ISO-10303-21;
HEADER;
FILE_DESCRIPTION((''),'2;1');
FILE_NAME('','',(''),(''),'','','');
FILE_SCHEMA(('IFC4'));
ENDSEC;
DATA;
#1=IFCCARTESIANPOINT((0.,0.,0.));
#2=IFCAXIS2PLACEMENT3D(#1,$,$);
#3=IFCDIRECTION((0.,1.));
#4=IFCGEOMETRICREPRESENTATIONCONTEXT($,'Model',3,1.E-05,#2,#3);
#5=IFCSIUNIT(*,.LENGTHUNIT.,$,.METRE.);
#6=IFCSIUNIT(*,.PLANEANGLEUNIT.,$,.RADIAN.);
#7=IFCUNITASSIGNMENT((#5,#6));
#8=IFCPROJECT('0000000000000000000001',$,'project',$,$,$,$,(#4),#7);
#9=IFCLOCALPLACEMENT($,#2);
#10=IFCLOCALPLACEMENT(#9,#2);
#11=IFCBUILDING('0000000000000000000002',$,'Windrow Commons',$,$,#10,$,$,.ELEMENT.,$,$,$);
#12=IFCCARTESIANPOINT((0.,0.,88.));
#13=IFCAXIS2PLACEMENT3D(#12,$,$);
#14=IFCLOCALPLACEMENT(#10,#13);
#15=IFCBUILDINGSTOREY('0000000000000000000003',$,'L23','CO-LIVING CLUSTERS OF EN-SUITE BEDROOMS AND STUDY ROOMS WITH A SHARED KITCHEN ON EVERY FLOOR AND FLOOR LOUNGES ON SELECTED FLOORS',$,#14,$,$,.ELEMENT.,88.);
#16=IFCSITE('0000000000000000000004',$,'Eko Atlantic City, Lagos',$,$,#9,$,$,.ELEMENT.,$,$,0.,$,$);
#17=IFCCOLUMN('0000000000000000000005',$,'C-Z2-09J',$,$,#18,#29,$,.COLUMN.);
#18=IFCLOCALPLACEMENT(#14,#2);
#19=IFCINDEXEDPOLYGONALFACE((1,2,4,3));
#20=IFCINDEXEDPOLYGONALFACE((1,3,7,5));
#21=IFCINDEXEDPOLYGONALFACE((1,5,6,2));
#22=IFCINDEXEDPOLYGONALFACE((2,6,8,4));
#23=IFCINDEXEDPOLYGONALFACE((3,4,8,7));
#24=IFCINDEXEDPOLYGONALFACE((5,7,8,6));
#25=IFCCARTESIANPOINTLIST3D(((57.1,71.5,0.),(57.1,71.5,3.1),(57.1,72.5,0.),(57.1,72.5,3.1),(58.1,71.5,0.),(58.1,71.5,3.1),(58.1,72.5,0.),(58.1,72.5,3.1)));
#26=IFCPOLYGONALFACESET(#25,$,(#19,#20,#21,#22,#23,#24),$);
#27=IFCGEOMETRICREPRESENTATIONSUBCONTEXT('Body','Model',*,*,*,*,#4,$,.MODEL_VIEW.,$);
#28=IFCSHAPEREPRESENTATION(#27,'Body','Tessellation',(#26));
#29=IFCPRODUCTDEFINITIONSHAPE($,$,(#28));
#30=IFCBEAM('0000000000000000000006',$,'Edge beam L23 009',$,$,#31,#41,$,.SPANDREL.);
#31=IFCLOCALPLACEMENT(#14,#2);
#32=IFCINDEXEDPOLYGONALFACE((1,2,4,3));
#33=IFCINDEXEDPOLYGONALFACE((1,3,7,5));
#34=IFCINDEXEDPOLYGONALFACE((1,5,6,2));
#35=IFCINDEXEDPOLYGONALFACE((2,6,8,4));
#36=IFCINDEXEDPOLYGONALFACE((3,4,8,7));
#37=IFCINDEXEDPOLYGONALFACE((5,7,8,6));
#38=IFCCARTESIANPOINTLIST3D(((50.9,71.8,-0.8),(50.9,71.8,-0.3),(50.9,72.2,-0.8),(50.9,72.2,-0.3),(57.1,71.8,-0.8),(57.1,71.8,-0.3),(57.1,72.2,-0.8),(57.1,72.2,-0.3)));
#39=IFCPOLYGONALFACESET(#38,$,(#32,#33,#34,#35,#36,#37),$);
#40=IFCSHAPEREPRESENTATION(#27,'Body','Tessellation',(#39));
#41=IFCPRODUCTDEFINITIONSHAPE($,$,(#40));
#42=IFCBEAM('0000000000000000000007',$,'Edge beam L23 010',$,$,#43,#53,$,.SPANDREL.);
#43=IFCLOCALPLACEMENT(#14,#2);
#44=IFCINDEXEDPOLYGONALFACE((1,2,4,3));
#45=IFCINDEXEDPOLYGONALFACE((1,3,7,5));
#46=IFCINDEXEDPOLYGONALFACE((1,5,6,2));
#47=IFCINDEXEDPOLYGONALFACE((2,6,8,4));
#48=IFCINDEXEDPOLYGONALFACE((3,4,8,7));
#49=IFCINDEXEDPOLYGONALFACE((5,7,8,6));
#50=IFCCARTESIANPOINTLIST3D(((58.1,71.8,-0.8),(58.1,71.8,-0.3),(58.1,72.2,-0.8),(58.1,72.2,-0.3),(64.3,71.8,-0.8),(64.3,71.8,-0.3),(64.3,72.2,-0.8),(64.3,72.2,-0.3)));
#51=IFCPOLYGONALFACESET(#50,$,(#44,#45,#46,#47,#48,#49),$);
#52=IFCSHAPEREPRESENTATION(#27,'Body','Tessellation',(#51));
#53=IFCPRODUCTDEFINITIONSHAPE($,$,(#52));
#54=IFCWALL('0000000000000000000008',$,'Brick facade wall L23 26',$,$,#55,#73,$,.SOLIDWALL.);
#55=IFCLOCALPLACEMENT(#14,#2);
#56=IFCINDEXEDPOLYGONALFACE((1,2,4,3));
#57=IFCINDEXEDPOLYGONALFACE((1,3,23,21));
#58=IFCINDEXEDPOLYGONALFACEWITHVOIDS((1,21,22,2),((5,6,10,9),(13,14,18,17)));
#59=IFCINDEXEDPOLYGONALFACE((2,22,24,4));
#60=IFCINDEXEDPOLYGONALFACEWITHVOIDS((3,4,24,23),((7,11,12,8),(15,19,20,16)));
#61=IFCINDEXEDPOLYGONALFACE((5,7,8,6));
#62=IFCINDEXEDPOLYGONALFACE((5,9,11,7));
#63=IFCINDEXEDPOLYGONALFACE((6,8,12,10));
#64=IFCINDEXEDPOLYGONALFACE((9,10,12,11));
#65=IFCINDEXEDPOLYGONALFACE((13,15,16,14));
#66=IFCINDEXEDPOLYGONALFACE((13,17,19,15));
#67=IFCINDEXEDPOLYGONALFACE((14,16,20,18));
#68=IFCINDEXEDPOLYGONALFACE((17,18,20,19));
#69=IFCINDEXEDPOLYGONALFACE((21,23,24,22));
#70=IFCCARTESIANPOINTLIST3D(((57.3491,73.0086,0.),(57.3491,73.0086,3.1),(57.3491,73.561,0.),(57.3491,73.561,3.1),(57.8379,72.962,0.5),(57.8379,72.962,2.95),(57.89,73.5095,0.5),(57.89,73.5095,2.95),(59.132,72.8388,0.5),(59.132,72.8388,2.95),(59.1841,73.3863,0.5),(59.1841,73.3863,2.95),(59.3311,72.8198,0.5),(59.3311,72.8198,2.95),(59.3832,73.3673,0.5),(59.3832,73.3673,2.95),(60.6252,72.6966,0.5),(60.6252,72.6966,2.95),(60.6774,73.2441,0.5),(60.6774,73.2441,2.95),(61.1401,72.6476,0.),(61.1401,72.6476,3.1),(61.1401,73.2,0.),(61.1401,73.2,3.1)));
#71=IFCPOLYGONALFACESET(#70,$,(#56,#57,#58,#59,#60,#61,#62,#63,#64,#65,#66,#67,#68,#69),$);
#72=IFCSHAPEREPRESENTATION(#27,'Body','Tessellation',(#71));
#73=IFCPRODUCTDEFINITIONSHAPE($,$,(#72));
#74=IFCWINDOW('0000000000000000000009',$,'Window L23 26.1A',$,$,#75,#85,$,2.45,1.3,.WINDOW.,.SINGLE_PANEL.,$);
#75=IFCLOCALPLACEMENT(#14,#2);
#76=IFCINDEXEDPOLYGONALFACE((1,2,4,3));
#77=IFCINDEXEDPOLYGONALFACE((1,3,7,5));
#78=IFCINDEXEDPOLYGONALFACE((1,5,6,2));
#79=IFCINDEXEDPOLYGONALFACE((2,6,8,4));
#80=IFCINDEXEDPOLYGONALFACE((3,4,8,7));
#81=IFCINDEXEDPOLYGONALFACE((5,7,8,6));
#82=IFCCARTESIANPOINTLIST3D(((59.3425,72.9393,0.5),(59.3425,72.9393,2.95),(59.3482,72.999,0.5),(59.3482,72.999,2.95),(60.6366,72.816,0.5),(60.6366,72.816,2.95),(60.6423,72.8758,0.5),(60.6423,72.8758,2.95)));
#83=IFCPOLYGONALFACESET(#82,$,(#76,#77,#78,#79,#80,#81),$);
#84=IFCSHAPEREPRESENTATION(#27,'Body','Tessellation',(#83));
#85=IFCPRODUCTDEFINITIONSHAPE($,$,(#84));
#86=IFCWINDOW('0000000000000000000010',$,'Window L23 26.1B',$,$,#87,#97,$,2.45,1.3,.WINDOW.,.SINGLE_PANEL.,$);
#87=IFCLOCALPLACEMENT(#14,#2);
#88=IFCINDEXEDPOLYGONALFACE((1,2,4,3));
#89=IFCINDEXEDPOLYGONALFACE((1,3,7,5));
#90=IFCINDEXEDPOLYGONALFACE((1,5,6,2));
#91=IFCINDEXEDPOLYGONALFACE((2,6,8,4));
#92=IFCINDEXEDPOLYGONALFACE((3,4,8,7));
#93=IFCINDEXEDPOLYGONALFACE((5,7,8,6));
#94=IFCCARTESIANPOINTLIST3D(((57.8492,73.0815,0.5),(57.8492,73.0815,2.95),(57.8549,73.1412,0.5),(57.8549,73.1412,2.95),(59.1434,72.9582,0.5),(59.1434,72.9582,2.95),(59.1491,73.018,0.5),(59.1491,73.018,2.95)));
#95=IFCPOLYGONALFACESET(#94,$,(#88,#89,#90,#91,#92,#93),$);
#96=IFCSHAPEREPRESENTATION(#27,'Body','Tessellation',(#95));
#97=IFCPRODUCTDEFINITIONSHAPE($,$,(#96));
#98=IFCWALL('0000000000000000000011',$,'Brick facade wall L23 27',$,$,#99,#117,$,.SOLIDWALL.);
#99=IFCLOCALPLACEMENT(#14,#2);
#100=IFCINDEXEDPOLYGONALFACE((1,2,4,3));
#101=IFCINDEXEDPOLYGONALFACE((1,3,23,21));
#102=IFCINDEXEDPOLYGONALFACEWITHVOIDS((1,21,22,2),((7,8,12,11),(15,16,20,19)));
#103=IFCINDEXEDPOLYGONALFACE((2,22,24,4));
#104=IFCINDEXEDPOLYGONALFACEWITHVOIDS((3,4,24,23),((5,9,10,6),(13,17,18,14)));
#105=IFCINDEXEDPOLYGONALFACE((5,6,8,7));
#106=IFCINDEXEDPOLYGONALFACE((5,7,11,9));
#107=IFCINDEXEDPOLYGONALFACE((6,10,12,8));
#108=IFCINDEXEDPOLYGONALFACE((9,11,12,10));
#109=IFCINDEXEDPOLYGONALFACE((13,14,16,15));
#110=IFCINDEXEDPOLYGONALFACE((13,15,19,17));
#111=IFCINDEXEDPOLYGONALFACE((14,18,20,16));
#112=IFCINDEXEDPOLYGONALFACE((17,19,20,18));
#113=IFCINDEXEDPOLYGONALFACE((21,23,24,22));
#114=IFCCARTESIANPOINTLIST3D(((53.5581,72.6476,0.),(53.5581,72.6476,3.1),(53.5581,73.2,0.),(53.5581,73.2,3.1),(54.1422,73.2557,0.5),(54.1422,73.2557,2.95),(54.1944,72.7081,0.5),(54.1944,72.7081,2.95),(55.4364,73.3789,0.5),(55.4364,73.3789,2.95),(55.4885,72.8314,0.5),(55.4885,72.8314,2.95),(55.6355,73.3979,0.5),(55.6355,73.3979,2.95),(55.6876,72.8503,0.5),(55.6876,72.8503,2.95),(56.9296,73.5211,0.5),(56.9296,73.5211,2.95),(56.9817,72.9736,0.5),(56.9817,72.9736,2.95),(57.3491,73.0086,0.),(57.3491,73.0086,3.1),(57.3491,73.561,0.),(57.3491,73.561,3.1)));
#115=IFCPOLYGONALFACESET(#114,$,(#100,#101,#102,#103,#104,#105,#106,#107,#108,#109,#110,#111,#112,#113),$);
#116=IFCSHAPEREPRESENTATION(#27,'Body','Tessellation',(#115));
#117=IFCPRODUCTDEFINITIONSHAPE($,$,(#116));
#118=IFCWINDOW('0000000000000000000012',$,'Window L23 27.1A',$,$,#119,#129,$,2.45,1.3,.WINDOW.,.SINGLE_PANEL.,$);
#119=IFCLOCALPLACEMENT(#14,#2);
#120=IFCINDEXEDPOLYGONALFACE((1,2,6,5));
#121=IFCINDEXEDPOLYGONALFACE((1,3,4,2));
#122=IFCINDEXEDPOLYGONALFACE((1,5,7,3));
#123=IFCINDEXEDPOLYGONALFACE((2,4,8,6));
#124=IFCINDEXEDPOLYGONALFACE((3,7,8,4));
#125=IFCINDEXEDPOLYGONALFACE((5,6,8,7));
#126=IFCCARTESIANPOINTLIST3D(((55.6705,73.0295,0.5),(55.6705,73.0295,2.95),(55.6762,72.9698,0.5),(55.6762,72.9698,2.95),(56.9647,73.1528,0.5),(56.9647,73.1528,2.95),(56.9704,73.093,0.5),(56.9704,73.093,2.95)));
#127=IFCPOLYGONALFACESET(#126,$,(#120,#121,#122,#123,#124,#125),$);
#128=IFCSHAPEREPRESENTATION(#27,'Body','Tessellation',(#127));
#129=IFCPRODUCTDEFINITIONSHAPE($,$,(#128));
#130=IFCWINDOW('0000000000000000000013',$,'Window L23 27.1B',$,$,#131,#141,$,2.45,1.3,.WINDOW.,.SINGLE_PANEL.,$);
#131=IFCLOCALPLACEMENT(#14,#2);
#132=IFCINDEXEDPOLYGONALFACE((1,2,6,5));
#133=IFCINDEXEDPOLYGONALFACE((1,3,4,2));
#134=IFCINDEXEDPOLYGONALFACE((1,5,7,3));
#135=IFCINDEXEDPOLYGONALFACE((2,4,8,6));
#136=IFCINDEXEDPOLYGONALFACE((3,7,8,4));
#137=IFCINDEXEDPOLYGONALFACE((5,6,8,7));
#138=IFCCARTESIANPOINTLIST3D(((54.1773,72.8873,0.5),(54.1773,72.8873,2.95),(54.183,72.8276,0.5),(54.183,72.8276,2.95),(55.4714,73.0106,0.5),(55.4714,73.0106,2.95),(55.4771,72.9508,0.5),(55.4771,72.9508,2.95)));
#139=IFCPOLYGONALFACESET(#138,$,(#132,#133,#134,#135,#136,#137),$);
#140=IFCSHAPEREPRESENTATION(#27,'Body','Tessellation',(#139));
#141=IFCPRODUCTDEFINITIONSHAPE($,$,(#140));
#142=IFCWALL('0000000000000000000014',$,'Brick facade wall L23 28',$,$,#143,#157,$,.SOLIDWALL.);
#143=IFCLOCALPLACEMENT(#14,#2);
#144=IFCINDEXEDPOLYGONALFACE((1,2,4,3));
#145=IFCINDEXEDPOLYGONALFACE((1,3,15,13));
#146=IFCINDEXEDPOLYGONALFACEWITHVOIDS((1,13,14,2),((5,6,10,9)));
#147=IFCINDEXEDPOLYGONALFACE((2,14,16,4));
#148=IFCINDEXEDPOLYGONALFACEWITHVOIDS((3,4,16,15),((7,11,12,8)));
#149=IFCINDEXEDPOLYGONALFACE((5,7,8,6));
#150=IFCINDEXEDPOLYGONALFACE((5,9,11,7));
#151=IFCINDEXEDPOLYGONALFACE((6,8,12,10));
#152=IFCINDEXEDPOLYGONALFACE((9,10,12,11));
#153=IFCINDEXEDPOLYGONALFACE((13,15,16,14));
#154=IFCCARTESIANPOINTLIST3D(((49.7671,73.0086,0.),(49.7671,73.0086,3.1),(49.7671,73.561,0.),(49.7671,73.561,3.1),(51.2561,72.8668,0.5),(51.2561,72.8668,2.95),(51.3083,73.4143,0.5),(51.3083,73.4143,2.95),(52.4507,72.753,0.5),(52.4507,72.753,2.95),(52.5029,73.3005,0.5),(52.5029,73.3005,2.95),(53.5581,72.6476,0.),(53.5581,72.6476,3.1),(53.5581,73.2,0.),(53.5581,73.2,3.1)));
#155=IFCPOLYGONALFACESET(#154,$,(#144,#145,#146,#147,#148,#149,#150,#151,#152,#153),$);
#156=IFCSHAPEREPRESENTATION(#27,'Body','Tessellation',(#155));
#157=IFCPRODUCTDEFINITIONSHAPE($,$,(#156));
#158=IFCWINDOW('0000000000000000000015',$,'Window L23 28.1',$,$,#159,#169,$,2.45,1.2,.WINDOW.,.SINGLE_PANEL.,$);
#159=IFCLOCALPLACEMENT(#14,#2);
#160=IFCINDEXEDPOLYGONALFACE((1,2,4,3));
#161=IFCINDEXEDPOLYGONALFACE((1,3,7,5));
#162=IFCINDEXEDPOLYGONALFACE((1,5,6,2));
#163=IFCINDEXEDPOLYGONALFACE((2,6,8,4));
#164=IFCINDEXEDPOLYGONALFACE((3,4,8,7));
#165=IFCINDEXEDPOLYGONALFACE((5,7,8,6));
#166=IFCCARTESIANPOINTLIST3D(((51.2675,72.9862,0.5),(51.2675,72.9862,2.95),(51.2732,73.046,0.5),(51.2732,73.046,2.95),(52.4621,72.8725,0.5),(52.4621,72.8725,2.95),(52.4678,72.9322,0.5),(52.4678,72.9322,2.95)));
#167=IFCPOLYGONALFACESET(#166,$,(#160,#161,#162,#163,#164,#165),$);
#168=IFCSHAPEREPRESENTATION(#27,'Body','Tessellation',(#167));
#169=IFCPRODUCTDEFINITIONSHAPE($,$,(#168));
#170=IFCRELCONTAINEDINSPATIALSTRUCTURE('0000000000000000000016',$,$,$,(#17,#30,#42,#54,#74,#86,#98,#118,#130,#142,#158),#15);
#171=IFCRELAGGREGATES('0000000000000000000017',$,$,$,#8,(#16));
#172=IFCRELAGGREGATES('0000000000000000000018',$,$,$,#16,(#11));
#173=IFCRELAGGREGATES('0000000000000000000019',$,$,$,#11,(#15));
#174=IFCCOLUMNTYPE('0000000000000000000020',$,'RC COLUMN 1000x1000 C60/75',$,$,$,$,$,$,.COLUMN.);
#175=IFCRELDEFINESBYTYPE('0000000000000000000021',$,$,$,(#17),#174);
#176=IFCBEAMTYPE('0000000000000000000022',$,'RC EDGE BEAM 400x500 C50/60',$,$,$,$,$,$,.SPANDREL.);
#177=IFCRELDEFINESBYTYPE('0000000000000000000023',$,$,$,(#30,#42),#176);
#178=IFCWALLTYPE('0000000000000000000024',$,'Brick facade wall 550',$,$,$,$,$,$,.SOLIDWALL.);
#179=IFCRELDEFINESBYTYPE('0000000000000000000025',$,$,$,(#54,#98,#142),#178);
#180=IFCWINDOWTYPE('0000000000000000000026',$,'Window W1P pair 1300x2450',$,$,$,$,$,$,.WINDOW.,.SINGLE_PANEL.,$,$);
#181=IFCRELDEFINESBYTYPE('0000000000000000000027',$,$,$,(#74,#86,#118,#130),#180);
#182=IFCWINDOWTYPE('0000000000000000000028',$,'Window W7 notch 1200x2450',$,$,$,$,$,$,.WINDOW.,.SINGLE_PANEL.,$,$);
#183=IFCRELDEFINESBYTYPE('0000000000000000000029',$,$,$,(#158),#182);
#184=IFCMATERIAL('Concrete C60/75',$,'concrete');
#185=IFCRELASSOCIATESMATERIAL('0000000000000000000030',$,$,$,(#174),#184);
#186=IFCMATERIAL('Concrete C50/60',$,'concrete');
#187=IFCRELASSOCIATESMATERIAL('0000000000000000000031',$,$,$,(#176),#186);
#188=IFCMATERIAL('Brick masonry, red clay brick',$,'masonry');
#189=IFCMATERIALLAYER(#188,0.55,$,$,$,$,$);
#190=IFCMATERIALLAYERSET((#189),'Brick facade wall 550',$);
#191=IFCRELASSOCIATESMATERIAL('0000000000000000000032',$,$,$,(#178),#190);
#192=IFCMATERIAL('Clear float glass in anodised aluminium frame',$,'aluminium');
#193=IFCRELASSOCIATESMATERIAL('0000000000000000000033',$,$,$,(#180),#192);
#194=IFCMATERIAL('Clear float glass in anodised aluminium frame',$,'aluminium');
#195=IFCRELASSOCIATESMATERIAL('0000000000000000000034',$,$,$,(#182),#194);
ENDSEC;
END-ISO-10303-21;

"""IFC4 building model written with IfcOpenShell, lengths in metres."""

from ifc_helpers import new_model, si_unit, direction, frame, frame_2d, origin, origin_2d, place, context, subcontext, project, spatial, polyline, rectangle, outline, extrude, material, layer, layer_set, material_profile, profile_set, type_object, element, fill, save


model = new_model("IFC4")

# Units and contexts
model_context = context("Model", 3, precision=1e-05, world=origin(), true_north=direction((0.0, 1.0)))
body_context = subcontext(model_context, "Body", "Model", "MODEL_VIEW")
ifc_project = project(units=[si_unit("LENGTHUNIT", "METRE"), si_unit("PLANEANGLEUNIT", "RADIAN")], contexts=[model_context])

# Site, building, storey
site_placement = place(None, origin())
site = spatial("IfcSite", under=ifc_project, at=site_placement, Name="Eko Atlantic City, Lagos", CompositionType="ELEMENT", RefElevation=0.0)
building_placement = place(site_placement, origin())
building = spatial("IfcBuilding", under=site, at=building_placement, Name="Windrow Commons", CompositionType="ELEMENT")
storey_placement = place(building_placement, frame((0.0, 0.0, 88.0)))
storey = spatial("IfcBuildingStorey", under=building, at=storey_placement, Name="L23", Description="CO-LIVING CLUSTERS OF EN-SUITE BEDROOMS AND STUDY ROOMS WITH A SHARED KITCHEN ON EVERY FLOOR AND FLOOR LOUNGES ON SELECTED FLOORS", CompositionType="ELEMENT", Elevation=88.0)

# Column
ifc_material_1 = material(Name="Concrete C60/75", Category="concrete")
ifc_material_profile_1 = material_profile(ifc_material_1, rectangle(XDim=1.0, YDim=1.0, at=origin_2d()))
ifc_profile_set_1 = profile_set([ifc_material_profile_1], Name="Concrete C60/75")
column_type = type_object("IfcColumnType", Name="RC COLUMN 1000x1000 C60/75", PredefinedType="COLUMN", material=ifc_profile_set_1)
column_placement = place(storey_placement, frame((57.6, 72.0, 0.0), z_axis=(0.0, 0.0, 1.0), x_axis=(1.0, 0.0, 0.0)))
element("IfcColumn", 1, at=column_placement, inside=storey, type_object=column_type, Name="C-Z2-09J", PredefinedType="COLUMN", context=body_context, shape_type="SweptSolid", body=[
    extrude(rectangle(XDim=1.0, YDim=1.0, at=origin_2d()), origin(), (0.0, 0.0, 1.0), 3.1),
])

# Beams
ifc_material_2 = material(Name="Concrete C50/60", Category="concrete")
ifc_material_profile_2 = material_profile(ifc_material_2, rectangle(XDim=0.4, YDim=0.5, at=origin_2d()))
ifc_profile_set_2 = profile_set([ifc_material_profile_2], Name="Concrete C50/60")
beam_type = type_object("IfcBeamType", Name="RC EDGE BEAM 400x500 C50/60", PredefinedType="SPANDREL", material=ifc_profile_set_2)
for number, where, z_axis, x_axis, name in (
    (2, (50.9, 72.0, -0.55), (1.0, 0.0, 0.0), (0.0, 1.0, 0.0), "Edge beam L23 009"),
    (3, (58.1, 72.0, -0.55), (1.0, 0.0, 0.0), (0.0, 1.0, 0.0), "Edge beam L23 010"),
):
    element("IfcBeam", number, at=place(storey_placement, frame(where, z_axis=z_axis, x_axis=x_axis)), inside=storey, type_object=beam_type, Name=name, PredefinedType="SPANDREL", context=body_context, shape_type="SweptSolid", body=[
        extrude(rectangle(XDim=0.4, YDim=0.5, at=origin_2d()), origin(), (0.0, 0.0, 1.0), 6.2),
    ])

# Walls, openings, windows
ifc_material_3 = material(Name="Brick masonry, red clay brick", Category="masonry")
ifc_layer_1 = layer(ifc_material_3, 0.55)
ifc_layer_set_1 = layer_set([ifc_layer_1], Name="Brick facade wall 550")
wall_type_1 = type_object("IfcWallType", Name="Brick facade wall 550", PredefinedType="SOLIDWALL", material=ifc_layer_set_1)
wall_1_placement = place(storey_placement, frame((61.1401, 72.9238, 0.0), z_axis=(0.0, 0.0, 1.0), x_axis=(-0.995497, 0.094797, 0.0)))
wall_1 = element("IfcWall", 4, at=wall_1_placement, inside=storey, type_object=wall_type_1, Name="Brick facade wall L23 26", PredefinedType="SOLIDWALL", context=body_context, shape_type="SweptSolid", body=[
    extrude(outline(polyline([(0.0262, -0.275), (3.8343, -0.275), (3.782, 0.275), (-0.0262, 0.275), (0.0262, -0.275)])), origin(), (0.0, 0.0, 1.0), 3.1),
])
opening_1_placement = place(wall_1_placement, frame((0.491, 0.0, 0.5)))
opening_1 = element("IfcOpeningElement", 5, at=opening_1_placement, cuts=wall_1, PredefinedType="OPENING", context=body_context, shape_type="SweptSolid", body=[
    extrude(rectangle(XDim=1.3, YDim=2.45, at=frame_2d((0.65, 1.225))), frame((0.0, 0.285, 0.0), z_axis=(0.0, -1.0, 0.0), x_axis=(1.0, 0.0, 0.0)), (0.0, 0.0, 1.0), 0.57),
])
opening_2_placement = place(wall_1_placement, frame((1.991, 0.0, 0.5)))
opening_2 = element("IfcOpeningElement", 6, at=opening_2_placement, cuts=wall_1, PredefinedType="OPENING", context=body_context, shape_type="SweptSolid", body=[
    extrude(rectangle(XDim=1.3, YDim=2.45, at=frame_2d((0.65, 1.225))), frame((0.0, 0.285, 0.0), z_axis=(0.0, -1.0, 0.0), x_axis=(1.0, 0.0, 0.0)), (0.0, 0.0, 1.0), 0.57),
])
ifc_material_4 = material(Name="Clear float glass in anodised aluminium frame", Category="aluminium")
window_type_1 = type_object("IfcWindowType", Name="Window W1P pair 1300x2450", PartitioningType="SINGLE_PANEL", PredefinedType="WINDOW", material=ifc_material_4)
window_1_placement = place(opening_1_placement, origin())
window_1 = element("IfcWindow", 7, at=window_1_placement, inside=storey, type_object=window_type_1, Name="Window L23 26.1A", OverallHeight=2.45, OverallWidth=1.3, PartitioningType="SINGLE_PANEL", PredefinedType="WINDOW", context=body_context, shape_type="SweptSolid", body=[
    extrude(rectangle(XDim=1.3, YDim=2.45, at=frame_2d((0.65, 1.225))), frame((0.0, 0.155, 0.0), z_axis=(0.0, -1.0, 0.0), x_axis=(1.0, 0.0, 0.0)), (0.0, 0.0, 1.0), 0.06),
])
fill(opening_1, window_1)
window_2_placement = place(opening_2_placement, origin())
window_2 = element("IfcWindow", 8, at=window_2_placement, inside=storey, type_object=window_type_1, Name="Window L23 26.1B", OverallHeight=2.45, OverallWidth=1.3, PartitioningType="SINGLE_PANEL", PredefinedType="WINDOW", context=body_context, shape_type="SweptSolid", body=[
    extrude(rectangle(XDim=1.3, YDim=2.45, at=frame_2d((0.65, 1.225))), frame((0.0, 0.155, 0.0), z_axis=(0.0, -1.0, 0.0), x_axis=(1.0, 0.0, 0.0)), (0.0, 0.0, 1.0), 0.06),
])
fill(opening_2, window_2)
wall_2_placement = place(storey_placement, frame((57.3491, 73.2848, 0.0), z_axis=(0.0, 0.0, 1.0), x_axis=(-0.995497, -0.094797, 0.0)))
wall_2 = element("IfcWall", 9, at=wall_2_placement, inside=storey, type_object=wall_type_1, Name="Brick facade wall L23 27", PredefinedType="SOLIDWALL", context=body_context, shape_type="SweptSolid", body=[
    extrude(outline(polyline([(-0.0262, -0.275), (3.782, -0.275), (3.8343, 0.275), (0.0262, 0.275), (-0.0262, -0.275)])), origin(), (0.0, 0.0, 1.0), 3.1),
])
opening_3_placement = place(wall_2_placement, frame((0.3952, 0.0, 0.5)))
opening_3 = element("IfcOpeningElement", 10, at=opening_3_placement, cuts=wall_2, PredefinedType="OPENING", context=body_context, shape_type="SweptSolid", body=[
    extrude(rectangle(XDim=1.3, YDim=2.45, at=frame_2d((0.65, 1.225))), frame((0.0, 0.285, 0.0), z_axis=(0.0, -1.0, 0.0), x_axis=(1.0, 0.0, 0.0)), (0.0, 0.0, 1.0), 0.57),
])
opening_4_placement = place(wall_2_placement, frame((1.8952, 0.0, 0.5)))
opening_4 = element("IfcOpeningElement", 11, at=opening_4_placement, cuts=wall_2, PredefinedType="OPENING", context=body_context, shape_type="SweptSolid", body=[
    extrude(rectangle(XDim=1.3, YDim=2.45, at=frame_2d((0.65, 1.225))), frame((0.0, 0.285, 0.0), z_axis=(0.0, -1.0, 0.0), x_axis=(1.0, 0.0, 0.0)), (0.0, 0.0, 1.0), 0.57),
])
window_3_placement = place(opening_3_placement, origin())
window_3 = element("IfcWindow", 12, at=window_3_placement, inside=storey, type_object=window_type_1, Name="Window L23 27.1A", OverallHeight=2.45, OverallWidth=1.3, PartitioningType="SINGLE_PANEL", PredefinedType="WINDOW", context=body_context, shape_type="SweptSolid", body=[
    extrude(rectangle(XDim=1.3, YDim=2.45, at=frame_2d((0.65, 1.225))), frame((0.0, 0.155, 0.0), z_axis=(0.0, -1.0, 0.0), x_axis=(1.0, 0.0, 0.0)), (0.0, 0.0, 1.0), 0.06),
])
fill(opening_3, window_3)
window_4_placement = place(opening_4_placement, origin())
window_4 = element("IfcWindow", 13, at=window_4_placement, inside=storey, type_object=window_type_1, Name="Window L23 27.1B", OverallHeight=2.45, OverallWidth=1.3, PartitioningType="SINGLE_PANEL", PredefinedType="WINDOW", context=body_context, shape_type="SweptSolid", body=[
    extrude(rectangle(XDim=1.3, YDim=2.45, at=frame_2d((0.65, 1.225))), frame((0.0, 0.155, 0.0), z_axis=(0.0, -1.0, 0.0), x_axis=(1.0, 0.0, 0.0)), (0.0, 0.0, 1.0), 0.06),
])
fill(opening_4, window_4)

# Wall, opening, window
wall_3_placement = place(storey_placement, frame((53.5581, 72.9238, 0.0), z_axis=(0.0, 0.0, 1.0), x_axis=(-0.995497, 0.094797, 0.0)))
wall_3 = element("IfcWall", 14, at=wall_3_placement, inside=storey, type_object=wall_type_1, Name="Brick facade wall L23 28", PredefinedType="SOLIDWALL", context=body_context, shape_type="SweptSolid", body=[
    extrude(outline(polyline([(0.0262, -0.275), (3.8343, -0.275), (3.782, 0.275), (-0.0262, 0.275), (0.0262, -0.275)])), origin(), (0.0, 0.0, 1.0), 3.1),
])
opening_5_placement = place(wall_3_placement, frame((1.0862, 0.0, 0.5)))
opening_5 = element("IfcOpeningElement", 15, at=opening_5_placement, cuts=wall_3, PredefinedType="OPENING", context=body_context, shape_type="SweptSolid", body=[
    extrude(rectangle(XDim=1.2, YDim=2.45, at=frame_2d((0.6, 1.225))), frame((0.0, 0.285, 0.0), z_axis=(0.0, -1.0, 0.0), x_axis=(1.0, 0.0, 0.0)), (0.0, 0.0, 1.0), 0.57),
])
ifc_material_5 = material(Name="Clear float glass in anodised aluminium frame", Category="aluminium")
window_type_2 = type_object("IfcWindowType", Name="Window W7 notch 1200x2450", PartitioningType="SINGLE_PANEL", PredefinedType="WINDOW", material=ifc_material_5)
window_5_placement = place(opening_5_placement, origin())
window_5 = element("IfcWindow", 16, at=window_5_placement, inside=storey, type_object=window_type_2, Name="Window L23 28.1", OverallHeight=2.45, OverallWidth=1.2, PartitioningType="SINGLE_PANEL", PredefinedType="WINDOW", context=body_context, shape_type="SweptSolid", body=[
    extrude(rectangle(XDim=1.2, YDim=2.45, at=frame_2d((0.6, 1.225))), frame((0.0, 0.155, 0.0), z_axis=(0.0, -1.0, 0.0), x_axis=(1.0, 0.0, 0.0)), (0.0, 0.0, 1.0), 0.06),
])
fill(opening_5, window_5)

save(model, "model.ifc")
